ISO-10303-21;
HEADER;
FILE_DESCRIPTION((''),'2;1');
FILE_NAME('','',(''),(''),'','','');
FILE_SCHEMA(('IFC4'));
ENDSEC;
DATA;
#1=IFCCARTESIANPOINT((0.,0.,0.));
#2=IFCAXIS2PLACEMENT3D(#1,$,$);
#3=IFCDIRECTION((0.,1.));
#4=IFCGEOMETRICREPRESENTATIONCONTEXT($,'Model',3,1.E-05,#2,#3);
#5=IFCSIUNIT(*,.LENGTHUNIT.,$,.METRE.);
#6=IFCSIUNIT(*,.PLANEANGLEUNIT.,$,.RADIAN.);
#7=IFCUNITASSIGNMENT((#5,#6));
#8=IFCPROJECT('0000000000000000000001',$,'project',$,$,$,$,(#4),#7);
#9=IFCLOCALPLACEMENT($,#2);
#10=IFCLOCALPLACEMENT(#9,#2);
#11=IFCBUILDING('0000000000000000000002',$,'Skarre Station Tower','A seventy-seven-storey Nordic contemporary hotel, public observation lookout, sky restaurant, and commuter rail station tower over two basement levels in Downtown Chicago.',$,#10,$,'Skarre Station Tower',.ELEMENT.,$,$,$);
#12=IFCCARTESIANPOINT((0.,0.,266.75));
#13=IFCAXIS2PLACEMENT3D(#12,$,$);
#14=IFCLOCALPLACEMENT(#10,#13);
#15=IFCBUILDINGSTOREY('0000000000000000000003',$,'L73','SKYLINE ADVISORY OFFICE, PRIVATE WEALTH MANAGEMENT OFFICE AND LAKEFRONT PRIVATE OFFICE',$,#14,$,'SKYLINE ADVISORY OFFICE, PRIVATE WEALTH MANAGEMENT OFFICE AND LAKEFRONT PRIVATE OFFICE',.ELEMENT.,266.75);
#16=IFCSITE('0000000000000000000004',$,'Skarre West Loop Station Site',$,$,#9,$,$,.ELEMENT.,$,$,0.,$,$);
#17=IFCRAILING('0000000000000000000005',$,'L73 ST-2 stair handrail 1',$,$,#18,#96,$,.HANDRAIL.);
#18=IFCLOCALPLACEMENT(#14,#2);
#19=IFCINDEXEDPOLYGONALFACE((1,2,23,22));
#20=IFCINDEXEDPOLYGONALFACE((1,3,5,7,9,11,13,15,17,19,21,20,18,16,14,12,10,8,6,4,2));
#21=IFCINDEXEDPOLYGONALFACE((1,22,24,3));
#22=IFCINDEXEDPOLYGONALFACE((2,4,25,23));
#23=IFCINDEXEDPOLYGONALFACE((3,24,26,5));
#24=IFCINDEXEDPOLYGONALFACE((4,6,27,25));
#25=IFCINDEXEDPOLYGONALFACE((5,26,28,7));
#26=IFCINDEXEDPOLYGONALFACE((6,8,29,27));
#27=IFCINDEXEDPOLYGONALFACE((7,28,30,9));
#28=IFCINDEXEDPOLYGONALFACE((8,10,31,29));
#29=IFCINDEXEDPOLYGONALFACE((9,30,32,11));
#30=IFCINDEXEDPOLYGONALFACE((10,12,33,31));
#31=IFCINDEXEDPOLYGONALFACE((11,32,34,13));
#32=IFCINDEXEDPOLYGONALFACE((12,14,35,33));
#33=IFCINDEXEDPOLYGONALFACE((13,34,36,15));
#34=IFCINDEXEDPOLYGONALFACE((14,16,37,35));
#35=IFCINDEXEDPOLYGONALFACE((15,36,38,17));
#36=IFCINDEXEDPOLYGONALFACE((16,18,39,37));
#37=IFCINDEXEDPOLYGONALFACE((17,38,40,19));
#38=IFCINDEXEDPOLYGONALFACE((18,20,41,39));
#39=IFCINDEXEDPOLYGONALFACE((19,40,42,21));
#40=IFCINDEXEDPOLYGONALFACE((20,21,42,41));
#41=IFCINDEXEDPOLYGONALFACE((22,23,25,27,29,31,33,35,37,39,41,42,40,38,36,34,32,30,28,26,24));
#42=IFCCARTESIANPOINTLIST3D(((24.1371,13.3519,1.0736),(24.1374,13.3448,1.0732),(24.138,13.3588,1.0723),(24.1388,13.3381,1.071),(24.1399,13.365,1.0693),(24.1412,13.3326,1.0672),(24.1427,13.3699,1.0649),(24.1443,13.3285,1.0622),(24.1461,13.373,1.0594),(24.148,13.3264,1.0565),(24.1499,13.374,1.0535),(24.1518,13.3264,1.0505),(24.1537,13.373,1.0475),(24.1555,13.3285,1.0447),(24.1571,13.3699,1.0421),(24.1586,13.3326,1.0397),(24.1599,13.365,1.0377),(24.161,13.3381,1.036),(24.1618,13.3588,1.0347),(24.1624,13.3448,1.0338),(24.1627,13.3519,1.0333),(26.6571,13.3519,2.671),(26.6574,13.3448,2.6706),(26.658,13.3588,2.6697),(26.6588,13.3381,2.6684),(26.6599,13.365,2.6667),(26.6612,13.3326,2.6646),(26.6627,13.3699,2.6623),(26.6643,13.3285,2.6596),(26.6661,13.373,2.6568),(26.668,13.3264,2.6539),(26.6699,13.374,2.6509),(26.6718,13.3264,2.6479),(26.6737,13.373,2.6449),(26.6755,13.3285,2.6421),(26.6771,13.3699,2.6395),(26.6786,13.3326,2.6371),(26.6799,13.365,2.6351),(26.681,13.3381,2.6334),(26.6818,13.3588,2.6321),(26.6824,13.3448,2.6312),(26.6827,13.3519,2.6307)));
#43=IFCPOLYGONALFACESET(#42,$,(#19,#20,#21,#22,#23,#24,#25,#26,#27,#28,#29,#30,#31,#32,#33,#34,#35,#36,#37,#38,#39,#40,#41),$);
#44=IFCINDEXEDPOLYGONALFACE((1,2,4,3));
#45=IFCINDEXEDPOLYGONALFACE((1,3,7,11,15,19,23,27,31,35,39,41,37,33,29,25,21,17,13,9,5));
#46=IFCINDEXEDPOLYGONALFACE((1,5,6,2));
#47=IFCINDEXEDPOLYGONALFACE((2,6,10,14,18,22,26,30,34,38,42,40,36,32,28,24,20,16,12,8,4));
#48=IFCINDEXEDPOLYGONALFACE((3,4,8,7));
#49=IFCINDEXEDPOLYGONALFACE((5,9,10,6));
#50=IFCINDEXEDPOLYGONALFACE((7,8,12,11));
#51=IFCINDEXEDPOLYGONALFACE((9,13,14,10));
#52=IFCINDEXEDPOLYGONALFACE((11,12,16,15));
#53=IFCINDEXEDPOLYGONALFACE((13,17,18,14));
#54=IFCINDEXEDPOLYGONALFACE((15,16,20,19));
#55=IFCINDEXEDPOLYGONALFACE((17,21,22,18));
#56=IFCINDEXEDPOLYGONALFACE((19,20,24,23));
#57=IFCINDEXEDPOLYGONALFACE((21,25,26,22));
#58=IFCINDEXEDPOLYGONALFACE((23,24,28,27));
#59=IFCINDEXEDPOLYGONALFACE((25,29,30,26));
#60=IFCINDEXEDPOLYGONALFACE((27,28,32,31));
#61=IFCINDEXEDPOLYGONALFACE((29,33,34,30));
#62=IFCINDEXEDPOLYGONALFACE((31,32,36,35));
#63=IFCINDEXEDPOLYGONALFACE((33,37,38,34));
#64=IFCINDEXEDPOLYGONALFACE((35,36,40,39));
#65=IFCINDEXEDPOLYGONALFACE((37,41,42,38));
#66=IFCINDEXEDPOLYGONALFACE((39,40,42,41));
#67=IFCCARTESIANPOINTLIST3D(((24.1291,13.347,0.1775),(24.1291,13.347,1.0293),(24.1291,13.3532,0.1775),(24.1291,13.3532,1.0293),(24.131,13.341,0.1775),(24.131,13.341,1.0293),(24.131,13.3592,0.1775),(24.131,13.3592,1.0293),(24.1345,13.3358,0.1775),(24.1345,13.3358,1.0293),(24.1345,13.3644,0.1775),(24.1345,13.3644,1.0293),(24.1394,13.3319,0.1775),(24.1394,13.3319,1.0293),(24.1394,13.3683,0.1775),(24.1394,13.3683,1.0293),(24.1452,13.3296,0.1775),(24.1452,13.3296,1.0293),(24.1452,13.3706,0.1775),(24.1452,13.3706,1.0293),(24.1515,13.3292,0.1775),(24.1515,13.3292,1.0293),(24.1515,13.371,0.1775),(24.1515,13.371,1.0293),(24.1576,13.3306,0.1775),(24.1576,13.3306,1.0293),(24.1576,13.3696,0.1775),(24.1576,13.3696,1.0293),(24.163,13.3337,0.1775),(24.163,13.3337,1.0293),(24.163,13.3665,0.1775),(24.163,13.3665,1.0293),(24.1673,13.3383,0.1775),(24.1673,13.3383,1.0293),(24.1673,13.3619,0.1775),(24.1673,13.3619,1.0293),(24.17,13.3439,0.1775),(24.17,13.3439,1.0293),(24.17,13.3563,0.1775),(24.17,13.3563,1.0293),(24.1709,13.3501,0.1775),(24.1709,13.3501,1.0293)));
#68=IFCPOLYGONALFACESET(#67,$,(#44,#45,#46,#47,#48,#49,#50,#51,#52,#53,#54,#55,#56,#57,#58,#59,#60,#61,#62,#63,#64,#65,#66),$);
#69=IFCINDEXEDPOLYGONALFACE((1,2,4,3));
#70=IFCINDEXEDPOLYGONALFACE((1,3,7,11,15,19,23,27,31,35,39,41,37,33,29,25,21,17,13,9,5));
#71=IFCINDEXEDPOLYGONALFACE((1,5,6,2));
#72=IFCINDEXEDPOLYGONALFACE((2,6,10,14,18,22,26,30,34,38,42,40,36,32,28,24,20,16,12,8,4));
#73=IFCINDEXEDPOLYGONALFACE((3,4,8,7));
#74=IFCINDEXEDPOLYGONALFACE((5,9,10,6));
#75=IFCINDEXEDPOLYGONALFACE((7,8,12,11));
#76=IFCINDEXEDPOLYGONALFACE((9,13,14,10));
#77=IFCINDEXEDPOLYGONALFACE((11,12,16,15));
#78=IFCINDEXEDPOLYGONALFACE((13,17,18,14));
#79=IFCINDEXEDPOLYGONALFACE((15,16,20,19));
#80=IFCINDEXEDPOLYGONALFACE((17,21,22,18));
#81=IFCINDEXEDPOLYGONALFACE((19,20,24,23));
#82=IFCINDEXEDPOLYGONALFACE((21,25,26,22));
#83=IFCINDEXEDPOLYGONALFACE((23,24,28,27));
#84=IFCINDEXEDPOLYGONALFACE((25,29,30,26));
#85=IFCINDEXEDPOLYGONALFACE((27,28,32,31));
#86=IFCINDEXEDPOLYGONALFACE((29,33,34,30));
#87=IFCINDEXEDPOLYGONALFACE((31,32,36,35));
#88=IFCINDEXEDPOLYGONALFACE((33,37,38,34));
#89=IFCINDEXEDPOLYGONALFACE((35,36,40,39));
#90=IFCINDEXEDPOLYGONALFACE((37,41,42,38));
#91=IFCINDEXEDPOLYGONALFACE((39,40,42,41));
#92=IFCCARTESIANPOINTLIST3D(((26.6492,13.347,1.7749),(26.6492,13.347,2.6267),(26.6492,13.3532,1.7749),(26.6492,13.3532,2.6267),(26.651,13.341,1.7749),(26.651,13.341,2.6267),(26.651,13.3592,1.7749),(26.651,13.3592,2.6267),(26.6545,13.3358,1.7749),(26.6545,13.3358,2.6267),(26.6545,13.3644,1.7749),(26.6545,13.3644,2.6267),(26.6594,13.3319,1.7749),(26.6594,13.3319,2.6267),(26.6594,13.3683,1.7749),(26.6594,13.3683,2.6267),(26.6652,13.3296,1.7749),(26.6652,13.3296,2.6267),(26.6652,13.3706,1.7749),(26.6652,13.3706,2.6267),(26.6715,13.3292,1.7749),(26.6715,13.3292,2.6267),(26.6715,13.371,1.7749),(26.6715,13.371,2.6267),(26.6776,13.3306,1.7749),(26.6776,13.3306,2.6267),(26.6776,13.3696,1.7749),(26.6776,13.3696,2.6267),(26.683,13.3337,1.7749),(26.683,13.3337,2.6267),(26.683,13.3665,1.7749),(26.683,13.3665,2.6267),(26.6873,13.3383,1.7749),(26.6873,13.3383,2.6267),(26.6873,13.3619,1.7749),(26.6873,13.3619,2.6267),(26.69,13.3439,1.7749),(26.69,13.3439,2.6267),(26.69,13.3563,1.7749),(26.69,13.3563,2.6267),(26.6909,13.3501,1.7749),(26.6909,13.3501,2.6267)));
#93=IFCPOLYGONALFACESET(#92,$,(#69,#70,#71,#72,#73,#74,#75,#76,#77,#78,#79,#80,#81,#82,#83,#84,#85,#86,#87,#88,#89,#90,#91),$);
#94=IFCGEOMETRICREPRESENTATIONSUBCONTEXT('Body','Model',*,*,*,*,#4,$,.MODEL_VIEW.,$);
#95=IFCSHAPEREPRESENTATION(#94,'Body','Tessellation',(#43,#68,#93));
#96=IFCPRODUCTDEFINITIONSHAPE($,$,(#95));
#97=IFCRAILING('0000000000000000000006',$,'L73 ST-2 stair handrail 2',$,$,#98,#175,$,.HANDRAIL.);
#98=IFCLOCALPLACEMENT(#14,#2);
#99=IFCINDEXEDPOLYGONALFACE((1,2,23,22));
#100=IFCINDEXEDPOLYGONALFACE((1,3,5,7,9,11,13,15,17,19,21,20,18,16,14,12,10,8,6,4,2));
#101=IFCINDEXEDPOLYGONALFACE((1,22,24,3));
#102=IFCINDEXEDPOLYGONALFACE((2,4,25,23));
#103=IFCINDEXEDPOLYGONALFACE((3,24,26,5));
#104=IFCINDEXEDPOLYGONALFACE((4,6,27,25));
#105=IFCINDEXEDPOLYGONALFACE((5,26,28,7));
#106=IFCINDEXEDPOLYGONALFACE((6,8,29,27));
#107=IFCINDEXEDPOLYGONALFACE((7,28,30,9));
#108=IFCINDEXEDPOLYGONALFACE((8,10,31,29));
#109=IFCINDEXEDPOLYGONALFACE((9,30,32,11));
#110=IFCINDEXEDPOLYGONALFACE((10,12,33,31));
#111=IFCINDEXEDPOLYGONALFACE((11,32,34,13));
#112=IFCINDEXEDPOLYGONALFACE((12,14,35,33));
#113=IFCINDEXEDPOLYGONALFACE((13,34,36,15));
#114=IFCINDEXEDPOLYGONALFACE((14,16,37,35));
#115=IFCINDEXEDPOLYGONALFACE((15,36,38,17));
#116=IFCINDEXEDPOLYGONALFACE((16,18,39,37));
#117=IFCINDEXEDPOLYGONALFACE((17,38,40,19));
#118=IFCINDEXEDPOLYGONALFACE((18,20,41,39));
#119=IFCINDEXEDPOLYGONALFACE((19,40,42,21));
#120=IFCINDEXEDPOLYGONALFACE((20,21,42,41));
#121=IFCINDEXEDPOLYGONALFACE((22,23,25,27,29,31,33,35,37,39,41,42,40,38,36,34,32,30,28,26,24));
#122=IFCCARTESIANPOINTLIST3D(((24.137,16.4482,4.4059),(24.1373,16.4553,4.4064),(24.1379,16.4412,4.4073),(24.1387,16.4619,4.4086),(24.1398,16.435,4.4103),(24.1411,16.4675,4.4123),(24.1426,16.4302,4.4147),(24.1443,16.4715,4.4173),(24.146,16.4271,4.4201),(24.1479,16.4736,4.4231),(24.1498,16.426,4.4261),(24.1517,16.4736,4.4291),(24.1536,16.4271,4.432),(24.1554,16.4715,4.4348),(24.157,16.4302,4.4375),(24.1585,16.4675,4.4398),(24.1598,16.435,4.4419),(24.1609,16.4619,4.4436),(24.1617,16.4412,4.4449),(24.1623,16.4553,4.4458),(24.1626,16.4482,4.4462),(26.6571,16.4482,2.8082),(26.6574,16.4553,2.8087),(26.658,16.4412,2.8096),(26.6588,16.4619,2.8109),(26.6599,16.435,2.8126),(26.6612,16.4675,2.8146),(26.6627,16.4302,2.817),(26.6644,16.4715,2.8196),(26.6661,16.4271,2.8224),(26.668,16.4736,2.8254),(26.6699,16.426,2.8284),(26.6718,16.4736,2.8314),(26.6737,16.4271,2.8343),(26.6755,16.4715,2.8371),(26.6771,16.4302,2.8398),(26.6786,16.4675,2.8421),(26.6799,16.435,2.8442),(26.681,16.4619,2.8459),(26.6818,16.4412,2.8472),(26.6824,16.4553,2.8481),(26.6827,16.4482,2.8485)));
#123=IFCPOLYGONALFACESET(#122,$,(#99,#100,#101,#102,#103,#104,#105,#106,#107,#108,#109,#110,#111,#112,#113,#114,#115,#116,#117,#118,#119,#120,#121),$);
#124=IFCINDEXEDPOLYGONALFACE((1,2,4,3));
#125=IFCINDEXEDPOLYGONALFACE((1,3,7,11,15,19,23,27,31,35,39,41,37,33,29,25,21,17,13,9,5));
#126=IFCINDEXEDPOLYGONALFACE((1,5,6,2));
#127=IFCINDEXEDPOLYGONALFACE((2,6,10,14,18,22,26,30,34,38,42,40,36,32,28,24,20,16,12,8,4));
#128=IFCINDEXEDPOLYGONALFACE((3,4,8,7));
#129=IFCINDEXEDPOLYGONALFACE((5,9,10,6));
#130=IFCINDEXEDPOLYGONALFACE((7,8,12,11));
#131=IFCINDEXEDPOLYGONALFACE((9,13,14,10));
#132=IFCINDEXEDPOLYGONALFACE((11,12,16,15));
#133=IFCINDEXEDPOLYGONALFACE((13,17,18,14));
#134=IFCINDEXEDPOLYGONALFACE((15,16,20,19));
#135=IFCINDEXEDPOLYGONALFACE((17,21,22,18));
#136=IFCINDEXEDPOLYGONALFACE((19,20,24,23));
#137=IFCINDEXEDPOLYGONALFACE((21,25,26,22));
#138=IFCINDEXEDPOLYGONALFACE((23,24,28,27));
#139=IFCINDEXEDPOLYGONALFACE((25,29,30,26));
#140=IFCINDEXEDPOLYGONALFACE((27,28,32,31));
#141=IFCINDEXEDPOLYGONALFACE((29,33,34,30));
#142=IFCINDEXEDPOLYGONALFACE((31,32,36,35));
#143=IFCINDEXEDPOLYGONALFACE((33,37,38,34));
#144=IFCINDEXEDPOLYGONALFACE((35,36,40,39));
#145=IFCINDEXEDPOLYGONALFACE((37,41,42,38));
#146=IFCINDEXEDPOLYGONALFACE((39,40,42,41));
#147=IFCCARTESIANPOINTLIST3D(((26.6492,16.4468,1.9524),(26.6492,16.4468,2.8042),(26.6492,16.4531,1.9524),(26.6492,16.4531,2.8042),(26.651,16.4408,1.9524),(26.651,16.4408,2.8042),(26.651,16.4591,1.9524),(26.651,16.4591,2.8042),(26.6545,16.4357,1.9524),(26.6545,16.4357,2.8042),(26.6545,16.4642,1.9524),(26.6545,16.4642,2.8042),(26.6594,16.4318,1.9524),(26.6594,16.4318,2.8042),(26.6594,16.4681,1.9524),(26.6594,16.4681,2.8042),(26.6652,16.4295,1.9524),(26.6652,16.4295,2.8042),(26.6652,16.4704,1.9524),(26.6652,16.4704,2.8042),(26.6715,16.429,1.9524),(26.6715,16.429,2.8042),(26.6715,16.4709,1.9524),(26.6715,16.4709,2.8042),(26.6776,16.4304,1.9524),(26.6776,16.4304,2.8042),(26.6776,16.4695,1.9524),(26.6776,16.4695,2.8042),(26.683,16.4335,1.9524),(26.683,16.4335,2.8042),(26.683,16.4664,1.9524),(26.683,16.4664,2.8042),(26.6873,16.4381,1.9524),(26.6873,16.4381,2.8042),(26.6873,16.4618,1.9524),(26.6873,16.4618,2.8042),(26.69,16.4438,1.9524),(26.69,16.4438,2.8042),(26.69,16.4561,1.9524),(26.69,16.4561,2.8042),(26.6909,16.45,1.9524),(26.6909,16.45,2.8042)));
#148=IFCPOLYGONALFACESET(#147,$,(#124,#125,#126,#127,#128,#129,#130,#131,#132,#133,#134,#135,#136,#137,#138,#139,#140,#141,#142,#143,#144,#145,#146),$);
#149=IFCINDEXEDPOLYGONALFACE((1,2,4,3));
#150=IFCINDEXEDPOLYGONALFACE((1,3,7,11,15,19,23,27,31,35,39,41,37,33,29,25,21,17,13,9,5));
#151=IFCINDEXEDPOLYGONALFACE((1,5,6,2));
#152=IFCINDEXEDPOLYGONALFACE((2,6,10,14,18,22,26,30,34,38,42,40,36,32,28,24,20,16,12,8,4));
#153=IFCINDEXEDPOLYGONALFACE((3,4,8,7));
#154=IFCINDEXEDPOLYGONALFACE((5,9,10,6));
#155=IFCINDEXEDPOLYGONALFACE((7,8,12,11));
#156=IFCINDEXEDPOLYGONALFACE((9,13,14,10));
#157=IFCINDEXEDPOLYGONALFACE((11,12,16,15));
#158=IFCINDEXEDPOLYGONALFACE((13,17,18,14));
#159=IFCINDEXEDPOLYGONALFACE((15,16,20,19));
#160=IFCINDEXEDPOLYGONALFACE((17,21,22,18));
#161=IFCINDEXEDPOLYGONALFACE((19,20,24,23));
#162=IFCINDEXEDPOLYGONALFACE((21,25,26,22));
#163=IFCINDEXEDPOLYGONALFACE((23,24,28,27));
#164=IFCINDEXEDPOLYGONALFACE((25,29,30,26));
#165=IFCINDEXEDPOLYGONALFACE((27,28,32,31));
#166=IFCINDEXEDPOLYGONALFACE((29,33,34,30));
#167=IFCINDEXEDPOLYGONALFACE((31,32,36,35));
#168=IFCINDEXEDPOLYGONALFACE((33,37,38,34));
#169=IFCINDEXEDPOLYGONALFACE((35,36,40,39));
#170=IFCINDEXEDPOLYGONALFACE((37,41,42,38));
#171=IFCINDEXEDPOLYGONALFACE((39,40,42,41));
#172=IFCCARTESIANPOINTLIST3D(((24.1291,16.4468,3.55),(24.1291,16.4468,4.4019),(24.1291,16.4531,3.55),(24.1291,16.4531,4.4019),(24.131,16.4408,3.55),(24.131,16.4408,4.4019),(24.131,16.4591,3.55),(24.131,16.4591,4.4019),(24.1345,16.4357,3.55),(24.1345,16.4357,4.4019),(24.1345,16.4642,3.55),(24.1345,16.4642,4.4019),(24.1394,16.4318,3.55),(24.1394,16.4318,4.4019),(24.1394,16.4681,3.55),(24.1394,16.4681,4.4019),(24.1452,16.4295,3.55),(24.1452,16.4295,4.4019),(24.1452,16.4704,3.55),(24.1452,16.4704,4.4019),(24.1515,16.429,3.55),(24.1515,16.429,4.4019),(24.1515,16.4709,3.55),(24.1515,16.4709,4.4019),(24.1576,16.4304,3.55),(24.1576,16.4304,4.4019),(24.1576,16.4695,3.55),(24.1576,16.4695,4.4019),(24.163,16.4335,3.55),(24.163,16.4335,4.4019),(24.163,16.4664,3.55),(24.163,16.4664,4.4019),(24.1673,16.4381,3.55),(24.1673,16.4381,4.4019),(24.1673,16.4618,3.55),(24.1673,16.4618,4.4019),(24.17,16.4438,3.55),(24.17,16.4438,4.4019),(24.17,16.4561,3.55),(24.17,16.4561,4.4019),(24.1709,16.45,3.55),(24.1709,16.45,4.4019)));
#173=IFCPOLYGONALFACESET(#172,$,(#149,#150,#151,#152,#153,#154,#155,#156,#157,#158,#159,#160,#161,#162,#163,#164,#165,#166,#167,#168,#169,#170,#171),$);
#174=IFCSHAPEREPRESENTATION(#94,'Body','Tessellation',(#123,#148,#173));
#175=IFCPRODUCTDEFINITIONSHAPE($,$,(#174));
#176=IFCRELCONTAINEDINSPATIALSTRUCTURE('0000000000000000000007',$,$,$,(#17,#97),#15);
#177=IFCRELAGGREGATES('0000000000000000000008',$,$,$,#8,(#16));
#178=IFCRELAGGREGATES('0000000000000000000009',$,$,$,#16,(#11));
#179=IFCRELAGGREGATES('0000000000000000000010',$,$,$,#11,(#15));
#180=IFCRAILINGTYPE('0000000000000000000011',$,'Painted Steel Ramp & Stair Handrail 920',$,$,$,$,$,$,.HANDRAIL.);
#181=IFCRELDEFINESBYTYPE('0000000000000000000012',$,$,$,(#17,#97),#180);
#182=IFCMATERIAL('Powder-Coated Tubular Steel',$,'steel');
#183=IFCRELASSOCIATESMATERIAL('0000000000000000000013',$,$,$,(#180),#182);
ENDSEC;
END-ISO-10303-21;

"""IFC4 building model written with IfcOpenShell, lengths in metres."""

from ifc_helpers import new_model, si_unit, direction, frame, origin, origin_2d, place, context, subcontext, project, spatial, circle, extrude, material, type_object, element, save


model = new_model("IFC4")

# Units and contexts
model_context = context("Model", 3, precision=1e-05, world=origin(), true_north=direction((0.0, 1.0)))
body_context = subcontext(model_context, "Body", "Model", "MODEL_VIEW")
ifc_project = project(units=[si_unit("LENGTHUNIT", "METRE"), si_unit("PLANEANGLEUNIT", "RADIAN")], contexts=[model_context])

# Site, building, storey
site_placement = place(None, origin())
site = spatial("IfcSite", under=ifc_project, at=site_placement, Name="Skarre West Loop Station Site", CompositionType="ELEMENT", RefElevation=0.0)
building_placement = place(site_placement, origin())
building = spatial("IfcBuilding", under=site, at=building_placement, Name="Skarre Station Tower", Description="A seventy-seven-storey Nordic contemporary hotel, public observation lookout, sky restaurant, and commuter rail station tower over two basement levels in Downtown Chicago.", LongName="Skarre Station Tower", CompositionType="ELEMENT")
storey_placement = place(building_placement, frame((0.0, 0.0, 266.75)))
storey = spatial("IfcBuildingStorey", under=building, at=storey_placement, Name="L73", Description="SKYLINE ADVISORY OFFICE, PRIVATE WEALTH MANAGEMENT OFFICE AND LAKEFRONT PRIVATE OFFICE", LongName="SKYLINE ADVISORY OFFICE, PRIVATE WEALTH MANAGEMENT OFFICE AND LAKEFRONT PRIVATE OFFICE", CompositionType="ELEMENT", Elevation=266.75)

# Railings
ifc_material_1 = material(Name="Powder-Coated Tubular Steel", Category="steel")
railing_type_1 = type_object("IfcRailingType", Name="Painted Steel Ramp & Stair Handrail 920", PredefinedType="HANDRAIL", material=ifc_material_1)
railing_1_placement = place(storey_placement, frame((24.1499, 13.3501, 0.1775)))
element("IfcRailing", 1, at=railing_1_placement, inside=storey, type_object=railing_type_1, Name="L73 ST-2 stair handrail 1", PredefinedType="HANDRAIL", context=body_context, shape_type="SweptSolid", body=[
    extrude(circle(Radius=0.0239, at=origin_2d()), frame((0.0, 0.0, 0.876), z_axis=(0.844607, 0.0, 0.535387), x_axis=(0.0, 1.0, 0.0)), (0.0, 0.0, 1.0), 2.9836),
    extrude(circle(Radius=0.021, at=origin_2d()), origin(), (0.0, 0.0, 1.0), 0.8518),
    extrude(circle(Radius=0.021, at=origin_2d()), frame((2.52, 0.0, 1.5974)), (0.0, 0.0, 1.0), 0.8518),
])
railing_2_placement = place(storey_placement, frame((26.6699, 16.45, 1.9524)))
element("IfcRailing", 2, at=railing_2_placement, inside=storey, type_object=railing_type_1, Name="L73 ST-2 stair handrail 2", PredefinedType="HANDRAIL", context=body_context, shape_type="SweptSolid", body=[
    extrude(circle(Radius=0.0239, at=origin_2d()), frame((0.0, 0.0, 0.876), z_axis=(-0.84457, 0.0, 0.535445), x_axis=(0.0, -1.0, 0.0)), (0.0, 0.0, 1.0), 2.9839),
    extrude(circle(Radius=0.021, at=origin_2d()), origin(), (0.0, 0.0, 1.0), 0.8518),
    extrude(circle(Radius=0.021, at=origin_2d()), frame((-2.52, 0.0, 1.5977)), (0.0, 0.0, 1.0), 0.8518),
])

save(model, "model.ifc")
